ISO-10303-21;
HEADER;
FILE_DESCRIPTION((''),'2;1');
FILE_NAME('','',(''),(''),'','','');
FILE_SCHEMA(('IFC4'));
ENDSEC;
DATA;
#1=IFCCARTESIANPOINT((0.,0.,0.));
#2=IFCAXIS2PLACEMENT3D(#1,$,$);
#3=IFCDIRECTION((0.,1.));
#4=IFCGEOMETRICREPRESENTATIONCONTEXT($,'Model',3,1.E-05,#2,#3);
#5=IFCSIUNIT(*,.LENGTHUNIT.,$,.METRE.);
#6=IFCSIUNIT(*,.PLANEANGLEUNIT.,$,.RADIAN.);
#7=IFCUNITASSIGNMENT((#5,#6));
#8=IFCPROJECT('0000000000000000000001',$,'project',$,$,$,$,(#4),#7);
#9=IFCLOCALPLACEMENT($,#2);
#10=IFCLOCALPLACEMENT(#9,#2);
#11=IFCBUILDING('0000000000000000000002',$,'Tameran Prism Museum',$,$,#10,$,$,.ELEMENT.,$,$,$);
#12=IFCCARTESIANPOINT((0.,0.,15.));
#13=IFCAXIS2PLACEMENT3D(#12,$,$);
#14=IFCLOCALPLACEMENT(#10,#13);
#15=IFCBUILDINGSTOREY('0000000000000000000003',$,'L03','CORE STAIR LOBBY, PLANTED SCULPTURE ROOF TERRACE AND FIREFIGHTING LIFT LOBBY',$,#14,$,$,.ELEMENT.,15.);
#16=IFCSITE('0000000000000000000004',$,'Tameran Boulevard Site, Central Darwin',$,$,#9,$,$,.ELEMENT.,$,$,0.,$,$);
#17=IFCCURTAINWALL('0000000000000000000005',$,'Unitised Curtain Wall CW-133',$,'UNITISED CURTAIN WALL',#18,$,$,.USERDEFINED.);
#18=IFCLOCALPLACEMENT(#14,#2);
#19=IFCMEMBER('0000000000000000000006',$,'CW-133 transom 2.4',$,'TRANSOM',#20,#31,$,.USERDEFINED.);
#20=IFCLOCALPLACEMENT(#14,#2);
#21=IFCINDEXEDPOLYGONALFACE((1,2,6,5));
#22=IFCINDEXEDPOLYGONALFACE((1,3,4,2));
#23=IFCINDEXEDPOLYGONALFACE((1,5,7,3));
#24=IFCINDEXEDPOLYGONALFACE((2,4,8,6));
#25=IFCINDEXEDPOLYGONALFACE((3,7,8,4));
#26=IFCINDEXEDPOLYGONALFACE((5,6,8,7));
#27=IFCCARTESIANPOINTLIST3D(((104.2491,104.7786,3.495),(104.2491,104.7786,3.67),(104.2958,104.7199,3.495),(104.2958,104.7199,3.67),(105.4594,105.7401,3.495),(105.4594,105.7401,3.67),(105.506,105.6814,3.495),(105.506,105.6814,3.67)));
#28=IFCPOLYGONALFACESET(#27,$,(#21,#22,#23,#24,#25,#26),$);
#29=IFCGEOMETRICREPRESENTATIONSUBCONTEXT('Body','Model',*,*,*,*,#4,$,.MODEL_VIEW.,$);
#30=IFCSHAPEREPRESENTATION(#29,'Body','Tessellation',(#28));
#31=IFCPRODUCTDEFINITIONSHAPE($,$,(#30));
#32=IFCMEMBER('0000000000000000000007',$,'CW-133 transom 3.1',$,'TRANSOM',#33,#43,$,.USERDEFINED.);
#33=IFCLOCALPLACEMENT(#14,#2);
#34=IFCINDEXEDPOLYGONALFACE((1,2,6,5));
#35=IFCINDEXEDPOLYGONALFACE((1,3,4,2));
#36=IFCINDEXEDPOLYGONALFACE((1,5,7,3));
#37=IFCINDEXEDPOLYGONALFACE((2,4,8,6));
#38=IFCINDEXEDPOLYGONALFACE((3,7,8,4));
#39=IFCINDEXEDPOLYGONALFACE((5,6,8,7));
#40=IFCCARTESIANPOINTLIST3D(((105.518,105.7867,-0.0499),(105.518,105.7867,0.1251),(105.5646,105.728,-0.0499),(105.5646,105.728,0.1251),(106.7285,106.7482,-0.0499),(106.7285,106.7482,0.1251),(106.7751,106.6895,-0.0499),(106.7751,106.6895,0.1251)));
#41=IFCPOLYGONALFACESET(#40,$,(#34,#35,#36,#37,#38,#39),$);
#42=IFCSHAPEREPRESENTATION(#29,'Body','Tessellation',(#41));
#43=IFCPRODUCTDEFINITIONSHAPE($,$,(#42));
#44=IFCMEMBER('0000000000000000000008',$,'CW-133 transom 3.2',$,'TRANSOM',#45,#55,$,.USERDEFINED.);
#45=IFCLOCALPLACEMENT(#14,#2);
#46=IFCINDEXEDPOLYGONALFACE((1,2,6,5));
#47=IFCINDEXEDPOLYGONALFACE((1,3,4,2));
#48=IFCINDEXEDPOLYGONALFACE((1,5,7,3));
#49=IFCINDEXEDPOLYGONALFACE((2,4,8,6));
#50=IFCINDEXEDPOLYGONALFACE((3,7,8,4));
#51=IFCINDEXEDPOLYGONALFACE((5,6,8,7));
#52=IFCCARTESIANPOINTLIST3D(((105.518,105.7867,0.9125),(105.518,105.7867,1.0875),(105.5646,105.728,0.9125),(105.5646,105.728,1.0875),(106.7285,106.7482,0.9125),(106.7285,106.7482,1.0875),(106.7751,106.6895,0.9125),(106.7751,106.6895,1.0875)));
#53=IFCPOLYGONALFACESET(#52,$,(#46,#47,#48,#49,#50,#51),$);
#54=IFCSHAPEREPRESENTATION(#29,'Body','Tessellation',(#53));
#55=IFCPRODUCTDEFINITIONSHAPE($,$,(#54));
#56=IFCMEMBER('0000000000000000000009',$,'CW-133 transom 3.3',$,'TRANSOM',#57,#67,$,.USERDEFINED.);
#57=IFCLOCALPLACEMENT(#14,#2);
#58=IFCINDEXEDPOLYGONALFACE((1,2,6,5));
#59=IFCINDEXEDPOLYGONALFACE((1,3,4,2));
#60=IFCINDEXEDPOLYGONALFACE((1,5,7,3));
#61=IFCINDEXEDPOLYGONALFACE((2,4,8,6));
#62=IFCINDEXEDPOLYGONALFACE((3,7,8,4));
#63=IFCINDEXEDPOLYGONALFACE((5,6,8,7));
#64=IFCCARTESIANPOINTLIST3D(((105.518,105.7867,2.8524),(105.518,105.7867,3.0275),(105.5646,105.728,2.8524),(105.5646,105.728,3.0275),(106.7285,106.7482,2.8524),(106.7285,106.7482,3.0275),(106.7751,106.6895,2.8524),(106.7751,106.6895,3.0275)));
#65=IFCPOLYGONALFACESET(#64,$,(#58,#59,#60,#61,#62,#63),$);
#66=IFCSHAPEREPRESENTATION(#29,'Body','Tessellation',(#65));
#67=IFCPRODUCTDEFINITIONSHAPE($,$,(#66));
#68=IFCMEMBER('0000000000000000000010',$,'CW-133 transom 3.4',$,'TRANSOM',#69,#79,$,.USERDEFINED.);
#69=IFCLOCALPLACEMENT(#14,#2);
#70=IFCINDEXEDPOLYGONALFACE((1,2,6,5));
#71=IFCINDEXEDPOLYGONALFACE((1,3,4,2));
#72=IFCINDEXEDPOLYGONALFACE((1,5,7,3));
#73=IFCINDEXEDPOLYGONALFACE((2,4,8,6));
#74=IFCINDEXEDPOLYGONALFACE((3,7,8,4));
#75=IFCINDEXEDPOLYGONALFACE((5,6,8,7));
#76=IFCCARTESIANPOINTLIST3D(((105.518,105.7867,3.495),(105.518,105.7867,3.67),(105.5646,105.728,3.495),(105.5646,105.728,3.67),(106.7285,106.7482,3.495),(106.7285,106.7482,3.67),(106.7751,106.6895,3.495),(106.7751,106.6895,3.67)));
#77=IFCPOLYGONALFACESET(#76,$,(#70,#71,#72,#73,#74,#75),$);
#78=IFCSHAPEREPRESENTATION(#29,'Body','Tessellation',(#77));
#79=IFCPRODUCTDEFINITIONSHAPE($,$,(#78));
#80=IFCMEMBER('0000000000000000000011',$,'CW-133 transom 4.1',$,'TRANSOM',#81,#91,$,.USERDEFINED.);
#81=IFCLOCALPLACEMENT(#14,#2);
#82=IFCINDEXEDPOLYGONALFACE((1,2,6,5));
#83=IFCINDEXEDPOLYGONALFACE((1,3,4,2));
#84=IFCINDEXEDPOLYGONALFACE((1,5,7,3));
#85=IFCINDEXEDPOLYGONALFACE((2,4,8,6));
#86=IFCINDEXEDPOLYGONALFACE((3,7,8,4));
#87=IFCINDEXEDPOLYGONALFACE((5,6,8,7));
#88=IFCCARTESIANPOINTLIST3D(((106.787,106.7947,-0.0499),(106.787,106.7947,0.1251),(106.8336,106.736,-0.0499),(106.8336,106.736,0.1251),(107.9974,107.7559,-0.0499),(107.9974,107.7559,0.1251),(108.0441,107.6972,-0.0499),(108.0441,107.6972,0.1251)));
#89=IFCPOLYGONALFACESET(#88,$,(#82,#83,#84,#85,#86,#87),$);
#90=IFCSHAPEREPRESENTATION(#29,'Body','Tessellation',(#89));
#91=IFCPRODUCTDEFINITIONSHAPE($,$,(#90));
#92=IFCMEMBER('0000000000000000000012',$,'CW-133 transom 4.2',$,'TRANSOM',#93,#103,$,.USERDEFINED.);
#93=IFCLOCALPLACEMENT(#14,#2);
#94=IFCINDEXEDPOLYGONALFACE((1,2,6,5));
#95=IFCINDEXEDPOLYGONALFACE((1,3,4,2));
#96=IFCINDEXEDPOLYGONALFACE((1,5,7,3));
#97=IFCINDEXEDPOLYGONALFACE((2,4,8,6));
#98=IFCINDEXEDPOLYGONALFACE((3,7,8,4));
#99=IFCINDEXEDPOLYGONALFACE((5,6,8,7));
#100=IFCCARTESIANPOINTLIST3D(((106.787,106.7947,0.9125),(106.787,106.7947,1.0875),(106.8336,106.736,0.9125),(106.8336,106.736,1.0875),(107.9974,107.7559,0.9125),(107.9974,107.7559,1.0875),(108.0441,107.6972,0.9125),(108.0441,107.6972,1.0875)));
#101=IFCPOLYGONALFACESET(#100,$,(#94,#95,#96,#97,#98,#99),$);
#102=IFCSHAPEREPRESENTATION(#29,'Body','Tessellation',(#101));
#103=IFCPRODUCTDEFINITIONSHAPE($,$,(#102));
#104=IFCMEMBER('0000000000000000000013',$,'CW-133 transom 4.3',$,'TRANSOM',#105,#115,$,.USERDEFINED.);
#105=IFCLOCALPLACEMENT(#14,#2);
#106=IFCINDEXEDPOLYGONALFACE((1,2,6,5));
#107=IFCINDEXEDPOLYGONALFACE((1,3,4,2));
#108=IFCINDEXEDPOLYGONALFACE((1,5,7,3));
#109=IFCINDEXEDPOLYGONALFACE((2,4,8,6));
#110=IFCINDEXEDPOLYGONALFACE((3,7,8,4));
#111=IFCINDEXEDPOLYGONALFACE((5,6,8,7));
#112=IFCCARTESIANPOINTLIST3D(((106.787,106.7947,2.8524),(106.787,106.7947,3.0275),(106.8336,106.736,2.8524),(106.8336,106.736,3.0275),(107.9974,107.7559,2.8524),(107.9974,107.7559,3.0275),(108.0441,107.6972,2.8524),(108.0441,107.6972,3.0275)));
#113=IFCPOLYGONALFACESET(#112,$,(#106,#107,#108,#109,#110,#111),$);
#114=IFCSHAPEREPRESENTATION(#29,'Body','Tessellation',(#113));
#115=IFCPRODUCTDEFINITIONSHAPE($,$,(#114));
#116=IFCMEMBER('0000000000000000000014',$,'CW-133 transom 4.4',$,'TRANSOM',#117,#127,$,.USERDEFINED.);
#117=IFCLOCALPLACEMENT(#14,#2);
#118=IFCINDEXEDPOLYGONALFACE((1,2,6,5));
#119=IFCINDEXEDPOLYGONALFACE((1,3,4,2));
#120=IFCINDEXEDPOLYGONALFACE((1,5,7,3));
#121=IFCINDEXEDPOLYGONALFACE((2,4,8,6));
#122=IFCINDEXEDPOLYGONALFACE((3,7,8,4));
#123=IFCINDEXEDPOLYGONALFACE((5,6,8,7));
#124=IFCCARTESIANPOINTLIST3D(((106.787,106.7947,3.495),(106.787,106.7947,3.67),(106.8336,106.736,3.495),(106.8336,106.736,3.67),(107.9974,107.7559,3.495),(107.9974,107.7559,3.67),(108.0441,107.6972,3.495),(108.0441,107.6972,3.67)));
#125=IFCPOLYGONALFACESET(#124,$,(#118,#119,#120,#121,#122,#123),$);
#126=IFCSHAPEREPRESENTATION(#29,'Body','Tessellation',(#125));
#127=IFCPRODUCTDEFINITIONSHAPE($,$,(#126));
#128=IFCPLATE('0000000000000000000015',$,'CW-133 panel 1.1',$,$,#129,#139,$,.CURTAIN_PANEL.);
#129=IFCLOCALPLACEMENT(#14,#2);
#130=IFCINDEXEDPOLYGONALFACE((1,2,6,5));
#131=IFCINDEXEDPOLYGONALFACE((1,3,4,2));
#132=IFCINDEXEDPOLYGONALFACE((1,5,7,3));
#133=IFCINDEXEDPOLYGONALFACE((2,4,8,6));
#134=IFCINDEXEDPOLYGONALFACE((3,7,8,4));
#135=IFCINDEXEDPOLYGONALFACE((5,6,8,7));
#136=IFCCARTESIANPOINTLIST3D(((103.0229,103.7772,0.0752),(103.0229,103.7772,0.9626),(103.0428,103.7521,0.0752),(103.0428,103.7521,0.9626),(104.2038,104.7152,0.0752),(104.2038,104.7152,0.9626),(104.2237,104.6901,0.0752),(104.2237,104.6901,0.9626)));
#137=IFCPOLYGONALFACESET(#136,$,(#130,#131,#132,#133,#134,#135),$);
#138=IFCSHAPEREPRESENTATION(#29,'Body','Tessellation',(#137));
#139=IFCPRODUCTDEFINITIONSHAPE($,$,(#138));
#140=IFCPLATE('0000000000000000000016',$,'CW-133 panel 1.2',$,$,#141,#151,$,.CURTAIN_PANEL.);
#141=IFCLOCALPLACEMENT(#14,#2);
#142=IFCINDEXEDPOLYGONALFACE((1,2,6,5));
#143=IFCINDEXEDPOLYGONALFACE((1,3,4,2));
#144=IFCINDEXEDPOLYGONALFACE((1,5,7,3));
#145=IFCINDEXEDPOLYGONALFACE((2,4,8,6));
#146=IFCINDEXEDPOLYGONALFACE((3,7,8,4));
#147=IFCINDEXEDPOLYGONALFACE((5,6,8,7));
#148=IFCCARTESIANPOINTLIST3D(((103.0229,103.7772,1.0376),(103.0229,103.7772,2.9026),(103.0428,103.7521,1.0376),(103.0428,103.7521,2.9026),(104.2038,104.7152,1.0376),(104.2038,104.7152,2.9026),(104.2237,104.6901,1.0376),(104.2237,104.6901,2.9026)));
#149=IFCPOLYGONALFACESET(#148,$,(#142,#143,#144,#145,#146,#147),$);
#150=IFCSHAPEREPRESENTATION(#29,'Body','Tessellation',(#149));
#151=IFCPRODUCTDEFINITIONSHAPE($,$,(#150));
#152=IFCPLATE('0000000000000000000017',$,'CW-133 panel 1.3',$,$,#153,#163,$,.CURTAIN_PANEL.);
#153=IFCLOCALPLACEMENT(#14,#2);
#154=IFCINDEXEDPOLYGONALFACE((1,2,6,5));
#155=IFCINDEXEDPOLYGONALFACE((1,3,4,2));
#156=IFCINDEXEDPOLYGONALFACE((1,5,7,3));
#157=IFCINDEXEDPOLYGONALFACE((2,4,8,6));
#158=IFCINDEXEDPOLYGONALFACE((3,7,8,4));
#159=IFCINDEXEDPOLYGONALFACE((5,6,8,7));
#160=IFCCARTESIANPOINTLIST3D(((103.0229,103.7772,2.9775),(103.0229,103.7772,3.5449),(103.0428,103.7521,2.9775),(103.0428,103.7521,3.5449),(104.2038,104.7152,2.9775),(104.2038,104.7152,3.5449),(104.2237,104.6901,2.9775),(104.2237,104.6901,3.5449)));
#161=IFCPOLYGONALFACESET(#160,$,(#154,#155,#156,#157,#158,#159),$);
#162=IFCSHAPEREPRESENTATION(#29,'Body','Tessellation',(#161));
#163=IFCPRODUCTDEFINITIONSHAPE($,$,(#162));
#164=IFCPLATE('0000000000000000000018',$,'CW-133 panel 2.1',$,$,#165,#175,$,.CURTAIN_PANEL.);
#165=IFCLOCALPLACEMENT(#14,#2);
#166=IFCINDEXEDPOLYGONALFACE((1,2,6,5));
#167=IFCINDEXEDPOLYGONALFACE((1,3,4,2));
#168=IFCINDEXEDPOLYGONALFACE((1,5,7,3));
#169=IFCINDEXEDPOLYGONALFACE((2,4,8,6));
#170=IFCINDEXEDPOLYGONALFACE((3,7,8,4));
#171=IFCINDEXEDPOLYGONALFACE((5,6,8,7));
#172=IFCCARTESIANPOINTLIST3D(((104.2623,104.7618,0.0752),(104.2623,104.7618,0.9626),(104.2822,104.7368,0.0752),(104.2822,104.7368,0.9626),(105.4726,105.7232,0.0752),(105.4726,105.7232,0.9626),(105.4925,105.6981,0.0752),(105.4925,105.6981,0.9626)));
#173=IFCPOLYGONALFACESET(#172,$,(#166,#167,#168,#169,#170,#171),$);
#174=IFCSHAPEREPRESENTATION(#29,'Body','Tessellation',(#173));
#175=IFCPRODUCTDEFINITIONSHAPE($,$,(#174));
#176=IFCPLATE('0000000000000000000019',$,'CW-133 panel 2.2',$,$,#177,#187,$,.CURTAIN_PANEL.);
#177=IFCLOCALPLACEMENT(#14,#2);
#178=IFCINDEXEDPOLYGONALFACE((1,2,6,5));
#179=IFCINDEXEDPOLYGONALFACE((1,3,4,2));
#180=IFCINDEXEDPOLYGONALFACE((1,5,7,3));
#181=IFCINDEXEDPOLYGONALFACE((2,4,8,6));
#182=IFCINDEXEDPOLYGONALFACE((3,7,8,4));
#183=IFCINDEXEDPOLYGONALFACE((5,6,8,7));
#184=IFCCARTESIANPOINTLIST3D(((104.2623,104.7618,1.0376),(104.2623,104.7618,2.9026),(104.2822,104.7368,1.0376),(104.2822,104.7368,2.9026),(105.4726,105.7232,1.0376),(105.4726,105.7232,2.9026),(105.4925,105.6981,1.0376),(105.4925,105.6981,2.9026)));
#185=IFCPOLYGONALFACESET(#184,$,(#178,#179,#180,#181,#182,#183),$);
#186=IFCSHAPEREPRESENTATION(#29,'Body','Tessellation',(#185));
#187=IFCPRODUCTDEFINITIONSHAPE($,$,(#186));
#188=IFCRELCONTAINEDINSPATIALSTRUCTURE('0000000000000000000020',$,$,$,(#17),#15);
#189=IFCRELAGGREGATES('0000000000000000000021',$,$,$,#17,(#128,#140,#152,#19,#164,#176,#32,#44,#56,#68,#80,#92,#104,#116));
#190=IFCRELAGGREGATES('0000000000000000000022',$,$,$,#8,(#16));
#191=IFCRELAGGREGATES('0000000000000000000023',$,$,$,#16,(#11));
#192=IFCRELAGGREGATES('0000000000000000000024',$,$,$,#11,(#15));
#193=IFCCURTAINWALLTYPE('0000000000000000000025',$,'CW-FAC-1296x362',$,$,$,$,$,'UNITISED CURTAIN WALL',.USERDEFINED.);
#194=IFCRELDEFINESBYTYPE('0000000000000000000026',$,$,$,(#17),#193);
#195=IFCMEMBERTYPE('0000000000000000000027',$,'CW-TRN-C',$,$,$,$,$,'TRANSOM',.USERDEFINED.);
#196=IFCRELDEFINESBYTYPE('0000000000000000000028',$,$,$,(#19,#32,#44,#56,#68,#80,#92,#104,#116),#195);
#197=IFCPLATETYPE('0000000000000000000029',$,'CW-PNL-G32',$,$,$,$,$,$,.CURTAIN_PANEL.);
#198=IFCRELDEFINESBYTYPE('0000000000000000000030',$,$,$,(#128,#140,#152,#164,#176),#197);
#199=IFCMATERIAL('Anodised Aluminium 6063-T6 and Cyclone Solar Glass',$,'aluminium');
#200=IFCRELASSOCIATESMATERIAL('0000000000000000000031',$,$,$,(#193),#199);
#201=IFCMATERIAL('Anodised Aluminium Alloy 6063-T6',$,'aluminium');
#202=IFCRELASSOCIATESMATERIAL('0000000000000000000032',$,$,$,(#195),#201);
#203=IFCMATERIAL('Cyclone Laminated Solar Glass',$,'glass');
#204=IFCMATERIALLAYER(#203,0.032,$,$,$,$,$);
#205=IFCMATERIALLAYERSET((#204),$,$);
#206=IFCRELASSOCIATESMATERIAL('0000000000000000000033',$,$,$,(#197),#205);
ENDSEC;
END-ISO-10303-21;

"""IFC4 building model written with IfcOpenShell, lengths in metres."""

from ifc_helpers import new_model, si_unit, direction, frame, origin, origin_2d, place, context, subcontext, project, spatial, rectangle, extrude, material, layer, layer_set, material_profile, profile_set, type_object, element, aggregate, save


model = new_model("IFC4")

# Units and contexts
model_context = context("Model", 3, precision=1e-05, world=origin(), true_north=direction((0.0, 1.0)))
body_context = subcontext(model_context, "Body", "Model", "MODEL_VIEW")
ifc_project = project(units=[si_unit("LENGTHUNIT", "METRE"), si_unit("PLANEANGLEUNIT", "RADIAN")], contexts=[model_context])

# Site, building, storey
site_placement = place(None, origin())
site = spatial("IfcSite", under=ifc_project, at=site_placement, Name="Tameran Boulevard Site, Central Darwin", CompositionType="ELEMENT", RefElevation=0.0)
building_placement = place(site_placement, origin())
building = spatial("IfcBuilding", under=site, at=building_placement, Name="Tameran Prism Museum", CompositionType="ELEMENT")
storey_placement = place(building_placement, frame((0.0, 0.0, 15.0)))
storey = spatial("IfcBuildingStorey", under=building, at=storey_placement, Name="L03", Description="CORE STAIR LOBBY, PLANTED SCULPTURE ROOF TERRACE AND FIREFIGHTING LIFT LOBBY", CompositionType="ELEMENT", Elevation=15.0)

# Curtain wall, members, plates
ifc_material_1 = material(Name="Anodised Aluminium 6063-T6 and Cyclone Solar Glass", Category="aluminium")
curtain_wall_type = type_object("IfcCurtainWallType", Name="CW-FAC-1296x362", ElementType="UNITISED CURTAIN WALL", PredefinedType="USERDEFINED", material=ifc_material_1)
curtain_wall_placement = place(storey_placement, origin())
curtain_wall = element("IfcCurtainWall", 1, at=curtain_wall_placement, inside=storey, type_object=curtain_wall_type, Name="Unitised Curtain Wall CW-133", ObjectType="UNITISED CURTAIN WALL", PredefinedType="USERDEFINED")
ifc_material_2 = material(Name="Anodised Aluminium Alloy 6063-T6", Category="aluminium")
ifc_material_profile_1 = material_profile(ifc_material_2, rectangle(XDim=0.075, YDim=0.175, at=origin_2d()))
ifc_profile_set_1 = profile_set([ifc_material_profile_1])
member_type_1 = type_object("IfcMemberType", Name="CW-TRN-C", ElementType="TRANSOM", PredefinedType="USERDEFINED", material=ifc_profile_set_1)
member_1_placement = place(storey_placement, frame((104.2725, 104.7493, 3.5825), z_axis=(0.782991, 0.622033, 0.0), x_axis=(-0.622033, 0.782991, 0.0)))
member_1 = element("IfcMember", 2, at=member_1_placement, type_object=member_type_1, Name="CW-133 transom 2.4", ObjectType="TRANSOM", PredefinedType="USERDEFINED", context=body_context, shape_type="SweptSolid", body=[
    extrude(rectangle(XDim=0.075, YDim=0.175, at=origin_2d()), origin(), (0.0, 0.0, 1.0), 1.5457),
])
member_2_placement = place(storey_placement, frame((105.5413, 105.7573, 0.0376), z_axis=(0.783052, 0.621956, 0.0), x_axis=(-0.621956, 0.783052, 0.0)))
member_2 = element("IfcMember", 3, at=member_2_placement, type_object=member_type_1, Name="CW-133 transom 3.1", ObjectType="TRANSOM", PredefinedType="USERDEFINED", context=body_context, shape_type="SweptSolid", body=[
    extrude(rectangle(XDim=0.075, YDim=0.175, at=origin_2d()), origin(), (0.0, 0.0, 1.0), 1.5459),
])
member_3_placement = place(storey_placement, frame((105.5413, 105.7573, 1.0), z_axis=(0.783052, 0.621956, 0.0), x_axis=(-0.621956, 0.783052, 0.0)))
member_3 = element("IfcMember", 4, at=member_3_placement, type_object=member_type_1, Name="CW-133 transom 3.2", ObjectType="TRANSOM", PredefinedType="USERDEFINED", context=body_context, shape_type="SweptSolid", body=[
    extrude(rectangle(XDim=0.075, YDim=0.175, at=origin_2d()), origin(), (0.0, 0.0, 1.0), 1.5459),
])
member_4_placement = place(storey_placement, frame((105.5413, 105.7573, 2.9399), z_axis=(0.783052, 0.621956, 0.0), x_axis=(-0.621956, 0.783052, 0.0)))
member_4 = element("IfcMember", 5, at=member_4_placement, type_object=member_type_1, Name="CW-133 transom 3.3", ObjectType="TRANSOM", PredefinedType="USERDEFINED", context=body_context, shape_type="SweptSolid", body=[
    extrude(rectangle(XDim=0.075, YDim=0.175, at=origin_2d()), origin(), (0.0, 0.0, 1.0), 1.5459),
])
member_5_placement = place(storey_placement, frame((105.5413, 105.7573, 3.5825), z_axis=(0.783052, 0.621956, 0.0), x_axis=(-0.621956, 0.783052, 0.0)))
member_5 = element("IfcMember", 6, at=member_5_placement, type_object=member_type_1, Name="CW-133 transom 3.4", ObjectType="TRANSOM", PredefinedType="USERDEFINED", context=body_context, shape_type="SweptSolid", body=[
    extrude(rectangle(XDim=0.075, YDim=0.175, at=origin_2d()), origin(), (0.0, 0.0, 1.0), 1.5459),
])
member_6_placement = place(storey_placement, frame((106.8103, 106.7654, 0.0376), z_axis=(0.783129, 0.621859, 0.0), x_axis=(-0.621859, 0.783129, 0.0)))
member_6 = element("IfcMember", 7, at=member_6_placement, type_object=member_type_1, Name="CW-133 transom 4.1", ObjectType="TRANSOM", PredefinedType="USERDEFINED", context=body_context, shape_type="SweptSolid", body=[
    extrude(rectangle(XDim=0.075, YDim=0.175, at=origin_2d()), origin(), (0.0, 0.0, 1.0), 1.5457),
])
member_7_placement = place(storey_placement, frame((106.8103, 106.7654, 1.0), z_axis=(0.783129, 0.621859, 0.0), x_axis=(-0.621859, 0.783129, 0.0)))
member_7 = element("IfcMember", 8, at=member_7_placement, type_object=member_type_1, Name="CW-133 transom 4.2", ObjectType="TRANSOM", PredefinedType="USERDEFINED", context=body_context, shape_type="SweptSolid", body=[
    extrude(rectangle(XDim=0.075, YDim=0.175, at=origin_2d()), origin(), (0.0, 0.0, 1.0), 1.5457),
])
member_8_placement = place(storey_placement, frame((106.8103, 106.7654, 2.9399), z_axis=(0.783129, 0.621859, 0.0), x_axis=(-0.621859, 0.783129, 0.0)))
member_8 = element("IfcMember", 9, at=member_8_placement, type_object=member_type_1, Name="CW-133 transom 4.3", ObjectType="TRANSOM", PredefinedType="USERDEFINED", context=body_context, shape_type="SweptSolid", body=[
    extrude(rectangle(XDim=0.075, YDim=0.175, at=origin_2d()), origin(), (0.0, 0.0, 1.0), 1.5457),
])
member_9_placement = place(storey_placement, frame((106.8103, 106.7654, 3.5825), z_axis=(0.783129, 0.621859, 0.0), x_axis=(-0.621859, 0.783129, 0.0)))
member_9 = element("IfcMember", 10, at=member_9_placement, type_object=member_type_1, Name="CW-133 transom 4.4", ObjectType="TRANSOM", PredefinedType="USERDEFINED", context=body_context, shape_type="SweptSolid", body=[
    extrude(rectangle(XDim=0.075, YDim=0.175, at=origin_2d()), origin(), (0.0, 0.0, 1.0), 1.5457),
])
ifc_material_3 = material(Name="Cyclone Laminated Solar Glass", Category="glass")
ifc_layer_1 = layer(ifc_material_3, 0.032)
ifc_layer_set_1 = layer_set([ifc_layer_1])
plate_type = type_object("IfcPlateType", Name="CW-PNL-G32", PredefinedType="CURTAIN_PANEL", material=ifc_layer_set_1)
plate_1_placement = place(storey_placement, frame((103.6233, 104.2336, 0.0752), z_axis=(0.0, 0.0, 1.0), x_axis=(0.783031, 0.621982, 0.0)))
plate_1 = element("IfcPlate", 11, at=plate_1_placement, type_object=plate_type, Name="CW-133 panel 1.1", PredefinedType="CURTAIN_PANEL", context=body_context, shape_type="SweptSolid", body=[
    extrude(rectangle(XDim=1.5081, YDim=0.032, at=origin_2d()), origin(), (0.0, 0.0, 1.0), 0.8875),
])
plate_2_placement = place(storey_placement, frame((103.6233, 104.2336, 1.0376), z_axis=(0.0, 0.0, 1.0), x_axis=(0.783031, 0.621982, 0.0)))
plate_2 = element("IfcPlate", 12, at=plate_2_placement, type_object=plate_type, Name="CW-133 panel 1.2", PredefinedType="CURTAIN_PANEL", context=body_context, shape_type="SweptSolid", body=[
    extrude(rectangle(XDim=1.5081, YDim=0.032, at=origin_2d()), origin(), (0.0, 0.0, 1.0), 1.865),
])
plate_3_placement = place(storey_placement, frame((103.6233, 104.2336, 2.9775), z_axis=(0.0, 0.0, 1.0), x_axis=(0.783031, 0.621982, 0.0)))
plate_3 = element("IfcPlate", 13, at=plate_3_placement, type_object=plate_type, Name="CW-133 panel 1.3", PredefinedType="CURTAIN_PANEL", context=body_context, shape_type="SweptSolid", body=[
    extrude(rectangle(XDim=1.5081, YDim=0.032, at=origin_2d()), origin(), (0.0, 0.0, 1.0), 0.5674),
])
plate_4_placement = place(storey_placement, frame((104.8774, 105.23, 0.0752), z_axis=(0.0, 0.0, 1.0), x_axis=(0.783031, 0.621982, 0.0)))
plate_4 = element("IfcPlate", 14, at=plate_4_placement, type_object=plate_type, Name="CW-133 panel 2.1", PredefinedType="CURTAIN_PANEL", context=body_context, shape_type="SweptSolid", body=[
    extrude(rectangle(XDim=1.5457, YDim=0.032, at=origin_2d()), origin(), (0.0, 0.0, 1.0), 0.8875),
])
plate_5_placement = place(storey_placement, frame((104.8774, 105.23, 1.0376), z_axis=(0.0, 0.0, 1.0), x_axis=(0.783031, 0.621982, 0.0)))
plate_5 = element("IfcPlate", 15, at=plate_5_placement, type_object=plate_type, Name="CW-133 panel 2.2", PredefinedType="CURTAIN_PANEL", context=body_context, shape_type="SweptSolid", body=[
    extrude(rectangle(XDim=1.5457, YDim=0.032, at=origin_2d()), origin(), (0.0, 0.0, 1.0), 1.865),
])
aggregate(curtain_wall, [plate_1, plate_2, plate_3, member_1, plate_4, plate_5, member_2, member_3, member_4, member_5, member_6, member_7, member_8, member_9])

save(model, "model.ifc")
